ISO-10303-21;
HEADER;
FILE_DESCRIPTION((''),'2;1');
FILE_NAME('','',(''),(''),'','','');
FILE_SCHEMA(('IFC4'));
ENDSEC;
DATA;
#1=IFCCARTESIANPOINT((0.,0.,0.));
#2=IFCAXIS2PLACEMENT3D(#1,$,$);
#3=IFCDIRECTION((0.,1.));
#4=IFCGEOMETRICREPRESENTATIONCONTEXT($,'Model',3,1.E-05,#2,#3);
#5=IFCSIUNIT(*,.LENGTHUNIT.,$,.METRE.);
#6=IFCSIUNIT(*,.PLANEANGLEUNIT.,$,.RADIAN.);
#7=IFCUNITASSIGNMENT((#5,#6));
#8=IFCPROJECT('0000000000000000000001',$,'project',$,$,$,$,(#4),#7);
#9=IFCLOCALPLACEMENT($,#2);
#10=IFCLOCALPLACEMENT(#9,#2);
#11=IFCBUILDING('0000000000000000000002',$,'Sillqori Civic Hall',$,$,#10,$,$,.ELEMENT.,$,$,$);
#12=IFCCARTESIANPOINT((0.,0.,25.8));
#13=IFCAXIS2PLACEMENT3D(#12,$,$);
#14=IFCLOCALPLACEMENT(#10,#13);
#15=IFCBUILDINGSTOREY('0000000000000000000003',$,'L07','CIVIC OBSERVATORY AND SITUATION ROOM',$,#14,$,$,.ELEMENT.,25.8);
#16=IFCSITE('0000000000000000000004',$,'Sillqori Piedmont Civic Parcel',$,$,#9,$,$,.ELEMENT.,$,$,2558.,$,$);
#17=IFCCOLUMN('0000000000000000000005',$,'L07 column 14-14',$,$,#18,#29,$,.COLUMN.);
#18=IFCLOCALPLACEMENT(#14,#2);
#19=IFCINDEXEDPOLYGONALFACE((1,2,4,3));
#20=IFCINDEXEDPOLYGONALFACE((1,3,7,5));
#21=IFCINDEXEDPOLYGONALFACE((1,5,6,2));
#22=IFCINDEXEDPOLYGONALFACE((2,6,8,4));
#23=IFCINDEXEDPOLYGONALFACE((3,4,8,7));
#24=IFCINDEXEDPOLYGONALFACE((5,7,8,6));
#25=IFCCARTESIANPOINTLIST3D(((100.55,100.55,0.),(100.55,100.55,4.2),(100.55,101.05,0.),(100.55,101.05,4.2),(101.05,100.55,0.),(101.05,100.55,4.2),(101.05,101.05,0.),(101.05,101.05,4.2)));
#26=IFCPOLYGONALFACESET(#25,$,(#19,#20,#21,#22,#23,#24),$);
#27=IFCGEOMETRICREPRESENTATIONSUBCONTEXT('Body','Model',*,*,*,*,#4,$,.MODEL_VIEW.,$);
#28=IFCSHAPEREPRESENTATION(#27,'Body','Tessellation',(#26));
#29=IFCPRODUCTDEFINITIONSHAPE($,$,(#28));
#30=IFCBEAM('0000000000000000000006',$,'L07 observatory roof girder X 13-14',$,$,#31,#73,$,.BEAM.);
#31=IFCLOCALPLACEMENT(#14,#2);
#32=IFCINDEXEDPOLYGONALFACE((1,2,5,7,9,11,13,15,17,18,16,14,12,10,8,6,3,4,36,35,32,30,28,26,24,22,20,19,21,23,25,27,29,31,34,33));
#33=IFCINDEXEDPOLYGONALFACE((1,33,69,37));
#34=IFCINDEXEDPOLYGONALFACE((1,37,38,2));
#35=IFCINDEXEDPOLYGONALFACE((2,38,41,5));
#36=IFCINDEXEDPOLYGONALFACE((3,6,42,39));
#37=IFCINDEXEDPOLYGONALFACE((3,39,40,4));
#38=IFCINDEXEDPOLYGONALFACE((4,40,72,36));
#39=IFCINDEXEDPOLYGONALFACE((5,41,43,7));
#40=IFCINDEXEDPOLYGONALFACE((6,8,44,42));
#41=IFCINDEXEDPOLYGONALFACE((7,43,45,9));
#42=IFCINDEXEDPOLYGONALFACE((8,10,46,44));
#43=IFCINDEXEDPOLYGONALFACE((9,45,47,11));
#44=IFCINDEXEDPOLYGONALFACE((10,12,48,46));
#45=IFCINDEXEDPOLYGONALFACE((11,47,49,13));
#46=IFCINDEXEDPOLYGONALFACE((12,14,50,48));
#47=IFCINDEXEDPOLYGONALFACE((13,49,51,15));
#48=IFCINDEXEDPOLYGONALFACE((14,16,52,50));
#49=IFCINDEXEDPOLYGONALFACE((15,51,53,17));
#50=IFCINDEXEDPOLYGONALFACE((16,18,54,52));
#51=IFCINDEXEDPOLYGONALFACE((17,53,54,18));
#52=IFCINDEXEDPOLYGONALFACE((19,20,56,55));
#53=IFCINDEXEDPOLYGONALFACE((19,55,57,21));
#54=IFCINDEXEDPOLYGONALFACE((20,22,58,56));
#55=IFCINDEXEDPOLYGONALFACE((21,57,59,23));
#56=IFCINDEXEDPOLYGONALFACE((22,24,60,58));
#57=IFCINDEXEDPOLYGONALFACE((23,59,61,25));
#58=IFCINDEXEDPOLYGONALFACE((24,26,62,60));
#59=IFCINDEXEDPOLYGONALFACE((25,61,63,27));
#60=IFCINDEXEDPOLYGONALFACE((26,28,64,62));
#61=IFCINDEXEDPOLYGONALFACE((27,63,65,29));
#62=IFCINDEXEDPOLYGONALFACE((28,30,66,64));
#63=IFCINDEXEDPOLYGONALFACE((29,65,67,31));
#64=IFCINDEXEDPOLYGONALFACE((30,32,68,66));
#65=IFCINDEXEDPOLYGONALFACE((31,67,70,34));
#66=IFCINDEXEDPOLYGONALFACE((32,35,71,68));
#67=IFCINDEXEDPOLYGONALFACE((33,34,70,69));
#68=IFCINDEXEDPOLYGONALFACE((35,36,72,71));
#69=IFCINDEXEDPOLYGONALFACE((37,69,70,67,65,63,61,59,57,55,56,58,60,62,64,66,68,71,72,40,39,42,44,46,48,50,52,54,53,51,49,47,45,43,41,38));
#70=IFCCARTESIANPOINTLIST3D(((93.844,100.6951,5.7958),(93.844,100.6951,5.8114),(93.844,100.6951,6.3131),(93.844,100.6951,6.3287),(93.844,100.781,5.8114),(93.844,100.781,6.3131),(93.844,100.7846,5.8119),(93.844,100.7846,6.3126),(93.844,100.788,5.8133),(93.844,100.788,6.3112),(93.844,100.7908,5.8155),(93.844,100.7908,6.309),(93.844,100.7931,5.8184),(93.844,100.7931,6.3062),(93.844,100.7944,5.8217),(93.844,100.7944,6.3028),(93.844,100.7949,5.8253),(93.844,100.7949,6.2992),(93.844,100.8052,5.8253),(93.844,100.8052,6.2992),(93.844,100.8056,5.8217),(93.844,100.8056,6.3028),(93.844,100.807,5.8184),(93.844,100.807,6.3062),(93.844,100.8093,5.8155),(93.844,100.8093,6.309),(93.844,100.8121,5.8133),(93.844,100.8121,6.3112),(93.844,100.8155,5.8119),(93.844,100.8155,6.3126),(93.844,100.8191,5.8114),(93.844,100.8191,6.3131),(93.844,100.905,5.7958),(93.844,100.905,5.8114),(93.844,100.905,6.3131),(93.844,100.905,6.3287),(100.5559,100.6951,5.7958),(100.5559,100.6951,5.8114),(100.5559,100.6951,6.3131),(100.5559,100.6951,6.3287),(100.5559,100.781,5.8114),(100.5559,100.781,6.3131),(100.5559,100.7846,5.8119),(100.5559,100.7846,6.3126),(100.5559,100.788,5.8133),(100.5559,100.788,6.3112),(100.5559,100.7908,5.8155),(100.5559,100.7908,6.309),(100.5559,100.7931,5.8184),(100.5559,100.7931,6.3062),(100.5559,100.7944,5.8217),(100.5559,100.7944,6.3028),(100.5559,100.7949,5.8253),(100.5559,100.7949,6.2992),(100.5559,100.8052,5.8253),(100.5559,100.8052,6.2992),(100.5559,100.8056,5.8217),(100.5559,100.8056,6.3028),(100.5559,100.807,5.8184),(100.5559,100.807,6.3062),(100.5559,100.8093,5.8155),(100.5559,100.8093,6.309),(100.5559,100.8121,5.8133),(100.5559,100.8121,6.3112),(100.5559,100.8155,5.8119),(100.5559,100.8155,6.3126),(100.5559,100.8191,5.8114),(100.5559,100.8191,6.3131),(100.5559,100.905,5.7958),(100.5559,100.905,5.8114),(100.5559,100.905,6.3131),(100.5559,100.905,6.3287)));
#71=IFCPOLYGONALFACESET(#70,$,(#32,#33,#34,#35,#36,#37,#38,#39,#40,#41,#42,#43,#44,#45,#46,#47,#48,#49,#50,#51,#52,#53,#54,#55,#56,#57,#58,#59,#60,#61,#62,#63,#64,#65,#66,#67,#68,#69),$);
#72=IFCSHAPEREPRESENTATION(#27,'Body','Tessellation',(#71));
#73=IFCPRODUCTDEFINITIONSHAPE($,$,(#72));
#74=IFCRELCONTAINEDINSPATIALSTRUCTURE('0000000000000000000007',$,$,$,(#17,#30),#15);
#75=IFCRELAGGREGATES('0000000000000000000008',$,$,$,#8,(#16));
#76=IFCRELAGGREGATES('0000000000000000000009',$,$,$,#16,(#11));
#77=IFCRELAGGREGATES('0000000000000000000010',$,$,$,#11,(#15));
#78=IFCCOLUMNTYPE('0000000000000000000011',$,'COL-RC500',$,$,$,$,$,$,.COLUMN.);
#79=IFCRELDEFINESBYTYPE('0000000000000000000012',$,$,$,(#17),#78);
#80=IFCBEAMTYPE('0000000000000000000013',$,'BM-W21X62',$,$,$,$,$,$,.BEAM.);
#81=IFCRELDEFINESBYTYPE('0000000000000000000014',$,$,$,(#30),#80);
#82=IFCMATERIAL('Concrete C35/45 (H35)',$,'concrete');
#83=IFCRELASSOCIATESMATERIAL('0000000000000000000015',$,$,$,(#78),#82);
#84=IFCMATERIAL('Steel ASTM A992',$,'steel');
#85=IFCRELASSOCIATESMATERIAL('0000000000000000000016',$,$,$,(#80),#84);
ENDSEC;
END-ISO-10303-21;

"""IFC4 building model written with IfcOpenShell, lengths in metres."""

from ifc_helpers import new_model, si_unit, direction, frame, origin, origin_2d, place, context, subcontext, project, spatial, rectangle, i_section, extrude, material, material_profile, profile_set, type_object, element, save


model = new_model("IFC4")

# Units and contexts
model_context = context("Model", 3, precision=1e-05, world=origin(), true_north=direction((0.0, 1.0)))
body_context = subcontext(model_context, "Body", "Model", "MODEL_VIEW")
ifc_project = project(units=[si_unit("LENGTHUNIT", "METRE"), si_unit("PLANEANGLEUNIT", "RADIAN")], contexts=[model_context])

# Site, building, storey
site_placement = place(None, origin())
site = spatial("IfcSite", under=ifc_project, at=site_placement, Name="Sillqori Piedmont Civic Parcel", CompositionType="ELEMENT", RefElevation=2558.0)
building_placement = place(site_placement, origin())
building = spatial("IfcBuilding", under=site, at=building_placement, Name="Sillqori Civic Hall", CompositionType="ELEMENT")
storey_placement = place(building_placement, frame((0.0, 0.0, 25.8)))
storey = spatial("IfcBuildingStorey", under=building, at=storey_placement, Name="L07", Description="CIVIC OBSERVATORY AND SITUATION ROOM", CompositionType="ELEMENT", Elevation=25.8)

# Column
ifc_material_1 = material(Name="Concrete C35/45 (H35)", Category="concrete")
ifc_material_profile_1 = material_profile(ifc_material_1, rectangle(XDim=0.5, YDim=0.5, at=origin_2d()), Name="RC 500x500")
ifc_profile_set_1 = profile_set([ifc_material_profile_1], Name="Concrete C35/45 (H35)")
column_type = type_object("IfcColumnType", Name="COL-RC500", PredefinedType="COLUMN", material=ifc_profile_set_1)
column_placement = place(storey_placement, frame((100.8, 100.8, 0.0), z_axis=(0.0, 0.0, 1.0), x_axis=(1.0, 0.0, 0.0)))
element("IfcColumn", 1, at=column_placement, inside=storey, type_object=column_type, Name="L07 column 14-14", PredefinedType="COLUMN", context=body_context, shape_type="SweptSolid", body=[
    extrude(rectangle(XDim=0.5, YDim=0.5, at=origin_2d()), origin(), (0.0, 0.0, 1.0), 4.2),
])

# Beam
ifc_material_2 = material(Name="Steel ASTM A992", Category="steel")
ifc_material_profile_2 = material_profile(ifc_material_2, i_section(OverallWidth=0.21, OverallDepth=0.533, WebThickness=0.0103, FlangeThickness=0.0156, FilletRadius=0.0139, at=origin_2d()), Name="W21X62")
ifc_profile_set_2 = profile_set([ifc_material_profile_2], Name="Steel ASTM A992")
beam_type = type_object("IfcBeamType", Name="BM-W21X62", PredefinedType="BEAM", material=ifc_profile_set_2)
beam_placement = place(storey_placement, frame((93.844, 100.8, 6.0623), z_axis=(1.0, 0.0, 0.0), x_axis=(0.0, 1.0, 0.0)))
element("IfcBeam", 2, at=beam_placement, inside=storey, type_object=beam_type, Name="L07 observatory roof girder X 13-14", PredefinedType="BEAM", context=body_context, shape_type="SweptSolid", body=[
    extrude(i_section(OverallWidth=0.21, OverallDepth=0.533, WebThickness=0.0103, FlangeThickness=0.0156, FilletRadius=0.0139, at=origin_2d()), origin(), (0.0, 0.0, 1.0), 6.7119),
])

save(model, "model.ifc")
